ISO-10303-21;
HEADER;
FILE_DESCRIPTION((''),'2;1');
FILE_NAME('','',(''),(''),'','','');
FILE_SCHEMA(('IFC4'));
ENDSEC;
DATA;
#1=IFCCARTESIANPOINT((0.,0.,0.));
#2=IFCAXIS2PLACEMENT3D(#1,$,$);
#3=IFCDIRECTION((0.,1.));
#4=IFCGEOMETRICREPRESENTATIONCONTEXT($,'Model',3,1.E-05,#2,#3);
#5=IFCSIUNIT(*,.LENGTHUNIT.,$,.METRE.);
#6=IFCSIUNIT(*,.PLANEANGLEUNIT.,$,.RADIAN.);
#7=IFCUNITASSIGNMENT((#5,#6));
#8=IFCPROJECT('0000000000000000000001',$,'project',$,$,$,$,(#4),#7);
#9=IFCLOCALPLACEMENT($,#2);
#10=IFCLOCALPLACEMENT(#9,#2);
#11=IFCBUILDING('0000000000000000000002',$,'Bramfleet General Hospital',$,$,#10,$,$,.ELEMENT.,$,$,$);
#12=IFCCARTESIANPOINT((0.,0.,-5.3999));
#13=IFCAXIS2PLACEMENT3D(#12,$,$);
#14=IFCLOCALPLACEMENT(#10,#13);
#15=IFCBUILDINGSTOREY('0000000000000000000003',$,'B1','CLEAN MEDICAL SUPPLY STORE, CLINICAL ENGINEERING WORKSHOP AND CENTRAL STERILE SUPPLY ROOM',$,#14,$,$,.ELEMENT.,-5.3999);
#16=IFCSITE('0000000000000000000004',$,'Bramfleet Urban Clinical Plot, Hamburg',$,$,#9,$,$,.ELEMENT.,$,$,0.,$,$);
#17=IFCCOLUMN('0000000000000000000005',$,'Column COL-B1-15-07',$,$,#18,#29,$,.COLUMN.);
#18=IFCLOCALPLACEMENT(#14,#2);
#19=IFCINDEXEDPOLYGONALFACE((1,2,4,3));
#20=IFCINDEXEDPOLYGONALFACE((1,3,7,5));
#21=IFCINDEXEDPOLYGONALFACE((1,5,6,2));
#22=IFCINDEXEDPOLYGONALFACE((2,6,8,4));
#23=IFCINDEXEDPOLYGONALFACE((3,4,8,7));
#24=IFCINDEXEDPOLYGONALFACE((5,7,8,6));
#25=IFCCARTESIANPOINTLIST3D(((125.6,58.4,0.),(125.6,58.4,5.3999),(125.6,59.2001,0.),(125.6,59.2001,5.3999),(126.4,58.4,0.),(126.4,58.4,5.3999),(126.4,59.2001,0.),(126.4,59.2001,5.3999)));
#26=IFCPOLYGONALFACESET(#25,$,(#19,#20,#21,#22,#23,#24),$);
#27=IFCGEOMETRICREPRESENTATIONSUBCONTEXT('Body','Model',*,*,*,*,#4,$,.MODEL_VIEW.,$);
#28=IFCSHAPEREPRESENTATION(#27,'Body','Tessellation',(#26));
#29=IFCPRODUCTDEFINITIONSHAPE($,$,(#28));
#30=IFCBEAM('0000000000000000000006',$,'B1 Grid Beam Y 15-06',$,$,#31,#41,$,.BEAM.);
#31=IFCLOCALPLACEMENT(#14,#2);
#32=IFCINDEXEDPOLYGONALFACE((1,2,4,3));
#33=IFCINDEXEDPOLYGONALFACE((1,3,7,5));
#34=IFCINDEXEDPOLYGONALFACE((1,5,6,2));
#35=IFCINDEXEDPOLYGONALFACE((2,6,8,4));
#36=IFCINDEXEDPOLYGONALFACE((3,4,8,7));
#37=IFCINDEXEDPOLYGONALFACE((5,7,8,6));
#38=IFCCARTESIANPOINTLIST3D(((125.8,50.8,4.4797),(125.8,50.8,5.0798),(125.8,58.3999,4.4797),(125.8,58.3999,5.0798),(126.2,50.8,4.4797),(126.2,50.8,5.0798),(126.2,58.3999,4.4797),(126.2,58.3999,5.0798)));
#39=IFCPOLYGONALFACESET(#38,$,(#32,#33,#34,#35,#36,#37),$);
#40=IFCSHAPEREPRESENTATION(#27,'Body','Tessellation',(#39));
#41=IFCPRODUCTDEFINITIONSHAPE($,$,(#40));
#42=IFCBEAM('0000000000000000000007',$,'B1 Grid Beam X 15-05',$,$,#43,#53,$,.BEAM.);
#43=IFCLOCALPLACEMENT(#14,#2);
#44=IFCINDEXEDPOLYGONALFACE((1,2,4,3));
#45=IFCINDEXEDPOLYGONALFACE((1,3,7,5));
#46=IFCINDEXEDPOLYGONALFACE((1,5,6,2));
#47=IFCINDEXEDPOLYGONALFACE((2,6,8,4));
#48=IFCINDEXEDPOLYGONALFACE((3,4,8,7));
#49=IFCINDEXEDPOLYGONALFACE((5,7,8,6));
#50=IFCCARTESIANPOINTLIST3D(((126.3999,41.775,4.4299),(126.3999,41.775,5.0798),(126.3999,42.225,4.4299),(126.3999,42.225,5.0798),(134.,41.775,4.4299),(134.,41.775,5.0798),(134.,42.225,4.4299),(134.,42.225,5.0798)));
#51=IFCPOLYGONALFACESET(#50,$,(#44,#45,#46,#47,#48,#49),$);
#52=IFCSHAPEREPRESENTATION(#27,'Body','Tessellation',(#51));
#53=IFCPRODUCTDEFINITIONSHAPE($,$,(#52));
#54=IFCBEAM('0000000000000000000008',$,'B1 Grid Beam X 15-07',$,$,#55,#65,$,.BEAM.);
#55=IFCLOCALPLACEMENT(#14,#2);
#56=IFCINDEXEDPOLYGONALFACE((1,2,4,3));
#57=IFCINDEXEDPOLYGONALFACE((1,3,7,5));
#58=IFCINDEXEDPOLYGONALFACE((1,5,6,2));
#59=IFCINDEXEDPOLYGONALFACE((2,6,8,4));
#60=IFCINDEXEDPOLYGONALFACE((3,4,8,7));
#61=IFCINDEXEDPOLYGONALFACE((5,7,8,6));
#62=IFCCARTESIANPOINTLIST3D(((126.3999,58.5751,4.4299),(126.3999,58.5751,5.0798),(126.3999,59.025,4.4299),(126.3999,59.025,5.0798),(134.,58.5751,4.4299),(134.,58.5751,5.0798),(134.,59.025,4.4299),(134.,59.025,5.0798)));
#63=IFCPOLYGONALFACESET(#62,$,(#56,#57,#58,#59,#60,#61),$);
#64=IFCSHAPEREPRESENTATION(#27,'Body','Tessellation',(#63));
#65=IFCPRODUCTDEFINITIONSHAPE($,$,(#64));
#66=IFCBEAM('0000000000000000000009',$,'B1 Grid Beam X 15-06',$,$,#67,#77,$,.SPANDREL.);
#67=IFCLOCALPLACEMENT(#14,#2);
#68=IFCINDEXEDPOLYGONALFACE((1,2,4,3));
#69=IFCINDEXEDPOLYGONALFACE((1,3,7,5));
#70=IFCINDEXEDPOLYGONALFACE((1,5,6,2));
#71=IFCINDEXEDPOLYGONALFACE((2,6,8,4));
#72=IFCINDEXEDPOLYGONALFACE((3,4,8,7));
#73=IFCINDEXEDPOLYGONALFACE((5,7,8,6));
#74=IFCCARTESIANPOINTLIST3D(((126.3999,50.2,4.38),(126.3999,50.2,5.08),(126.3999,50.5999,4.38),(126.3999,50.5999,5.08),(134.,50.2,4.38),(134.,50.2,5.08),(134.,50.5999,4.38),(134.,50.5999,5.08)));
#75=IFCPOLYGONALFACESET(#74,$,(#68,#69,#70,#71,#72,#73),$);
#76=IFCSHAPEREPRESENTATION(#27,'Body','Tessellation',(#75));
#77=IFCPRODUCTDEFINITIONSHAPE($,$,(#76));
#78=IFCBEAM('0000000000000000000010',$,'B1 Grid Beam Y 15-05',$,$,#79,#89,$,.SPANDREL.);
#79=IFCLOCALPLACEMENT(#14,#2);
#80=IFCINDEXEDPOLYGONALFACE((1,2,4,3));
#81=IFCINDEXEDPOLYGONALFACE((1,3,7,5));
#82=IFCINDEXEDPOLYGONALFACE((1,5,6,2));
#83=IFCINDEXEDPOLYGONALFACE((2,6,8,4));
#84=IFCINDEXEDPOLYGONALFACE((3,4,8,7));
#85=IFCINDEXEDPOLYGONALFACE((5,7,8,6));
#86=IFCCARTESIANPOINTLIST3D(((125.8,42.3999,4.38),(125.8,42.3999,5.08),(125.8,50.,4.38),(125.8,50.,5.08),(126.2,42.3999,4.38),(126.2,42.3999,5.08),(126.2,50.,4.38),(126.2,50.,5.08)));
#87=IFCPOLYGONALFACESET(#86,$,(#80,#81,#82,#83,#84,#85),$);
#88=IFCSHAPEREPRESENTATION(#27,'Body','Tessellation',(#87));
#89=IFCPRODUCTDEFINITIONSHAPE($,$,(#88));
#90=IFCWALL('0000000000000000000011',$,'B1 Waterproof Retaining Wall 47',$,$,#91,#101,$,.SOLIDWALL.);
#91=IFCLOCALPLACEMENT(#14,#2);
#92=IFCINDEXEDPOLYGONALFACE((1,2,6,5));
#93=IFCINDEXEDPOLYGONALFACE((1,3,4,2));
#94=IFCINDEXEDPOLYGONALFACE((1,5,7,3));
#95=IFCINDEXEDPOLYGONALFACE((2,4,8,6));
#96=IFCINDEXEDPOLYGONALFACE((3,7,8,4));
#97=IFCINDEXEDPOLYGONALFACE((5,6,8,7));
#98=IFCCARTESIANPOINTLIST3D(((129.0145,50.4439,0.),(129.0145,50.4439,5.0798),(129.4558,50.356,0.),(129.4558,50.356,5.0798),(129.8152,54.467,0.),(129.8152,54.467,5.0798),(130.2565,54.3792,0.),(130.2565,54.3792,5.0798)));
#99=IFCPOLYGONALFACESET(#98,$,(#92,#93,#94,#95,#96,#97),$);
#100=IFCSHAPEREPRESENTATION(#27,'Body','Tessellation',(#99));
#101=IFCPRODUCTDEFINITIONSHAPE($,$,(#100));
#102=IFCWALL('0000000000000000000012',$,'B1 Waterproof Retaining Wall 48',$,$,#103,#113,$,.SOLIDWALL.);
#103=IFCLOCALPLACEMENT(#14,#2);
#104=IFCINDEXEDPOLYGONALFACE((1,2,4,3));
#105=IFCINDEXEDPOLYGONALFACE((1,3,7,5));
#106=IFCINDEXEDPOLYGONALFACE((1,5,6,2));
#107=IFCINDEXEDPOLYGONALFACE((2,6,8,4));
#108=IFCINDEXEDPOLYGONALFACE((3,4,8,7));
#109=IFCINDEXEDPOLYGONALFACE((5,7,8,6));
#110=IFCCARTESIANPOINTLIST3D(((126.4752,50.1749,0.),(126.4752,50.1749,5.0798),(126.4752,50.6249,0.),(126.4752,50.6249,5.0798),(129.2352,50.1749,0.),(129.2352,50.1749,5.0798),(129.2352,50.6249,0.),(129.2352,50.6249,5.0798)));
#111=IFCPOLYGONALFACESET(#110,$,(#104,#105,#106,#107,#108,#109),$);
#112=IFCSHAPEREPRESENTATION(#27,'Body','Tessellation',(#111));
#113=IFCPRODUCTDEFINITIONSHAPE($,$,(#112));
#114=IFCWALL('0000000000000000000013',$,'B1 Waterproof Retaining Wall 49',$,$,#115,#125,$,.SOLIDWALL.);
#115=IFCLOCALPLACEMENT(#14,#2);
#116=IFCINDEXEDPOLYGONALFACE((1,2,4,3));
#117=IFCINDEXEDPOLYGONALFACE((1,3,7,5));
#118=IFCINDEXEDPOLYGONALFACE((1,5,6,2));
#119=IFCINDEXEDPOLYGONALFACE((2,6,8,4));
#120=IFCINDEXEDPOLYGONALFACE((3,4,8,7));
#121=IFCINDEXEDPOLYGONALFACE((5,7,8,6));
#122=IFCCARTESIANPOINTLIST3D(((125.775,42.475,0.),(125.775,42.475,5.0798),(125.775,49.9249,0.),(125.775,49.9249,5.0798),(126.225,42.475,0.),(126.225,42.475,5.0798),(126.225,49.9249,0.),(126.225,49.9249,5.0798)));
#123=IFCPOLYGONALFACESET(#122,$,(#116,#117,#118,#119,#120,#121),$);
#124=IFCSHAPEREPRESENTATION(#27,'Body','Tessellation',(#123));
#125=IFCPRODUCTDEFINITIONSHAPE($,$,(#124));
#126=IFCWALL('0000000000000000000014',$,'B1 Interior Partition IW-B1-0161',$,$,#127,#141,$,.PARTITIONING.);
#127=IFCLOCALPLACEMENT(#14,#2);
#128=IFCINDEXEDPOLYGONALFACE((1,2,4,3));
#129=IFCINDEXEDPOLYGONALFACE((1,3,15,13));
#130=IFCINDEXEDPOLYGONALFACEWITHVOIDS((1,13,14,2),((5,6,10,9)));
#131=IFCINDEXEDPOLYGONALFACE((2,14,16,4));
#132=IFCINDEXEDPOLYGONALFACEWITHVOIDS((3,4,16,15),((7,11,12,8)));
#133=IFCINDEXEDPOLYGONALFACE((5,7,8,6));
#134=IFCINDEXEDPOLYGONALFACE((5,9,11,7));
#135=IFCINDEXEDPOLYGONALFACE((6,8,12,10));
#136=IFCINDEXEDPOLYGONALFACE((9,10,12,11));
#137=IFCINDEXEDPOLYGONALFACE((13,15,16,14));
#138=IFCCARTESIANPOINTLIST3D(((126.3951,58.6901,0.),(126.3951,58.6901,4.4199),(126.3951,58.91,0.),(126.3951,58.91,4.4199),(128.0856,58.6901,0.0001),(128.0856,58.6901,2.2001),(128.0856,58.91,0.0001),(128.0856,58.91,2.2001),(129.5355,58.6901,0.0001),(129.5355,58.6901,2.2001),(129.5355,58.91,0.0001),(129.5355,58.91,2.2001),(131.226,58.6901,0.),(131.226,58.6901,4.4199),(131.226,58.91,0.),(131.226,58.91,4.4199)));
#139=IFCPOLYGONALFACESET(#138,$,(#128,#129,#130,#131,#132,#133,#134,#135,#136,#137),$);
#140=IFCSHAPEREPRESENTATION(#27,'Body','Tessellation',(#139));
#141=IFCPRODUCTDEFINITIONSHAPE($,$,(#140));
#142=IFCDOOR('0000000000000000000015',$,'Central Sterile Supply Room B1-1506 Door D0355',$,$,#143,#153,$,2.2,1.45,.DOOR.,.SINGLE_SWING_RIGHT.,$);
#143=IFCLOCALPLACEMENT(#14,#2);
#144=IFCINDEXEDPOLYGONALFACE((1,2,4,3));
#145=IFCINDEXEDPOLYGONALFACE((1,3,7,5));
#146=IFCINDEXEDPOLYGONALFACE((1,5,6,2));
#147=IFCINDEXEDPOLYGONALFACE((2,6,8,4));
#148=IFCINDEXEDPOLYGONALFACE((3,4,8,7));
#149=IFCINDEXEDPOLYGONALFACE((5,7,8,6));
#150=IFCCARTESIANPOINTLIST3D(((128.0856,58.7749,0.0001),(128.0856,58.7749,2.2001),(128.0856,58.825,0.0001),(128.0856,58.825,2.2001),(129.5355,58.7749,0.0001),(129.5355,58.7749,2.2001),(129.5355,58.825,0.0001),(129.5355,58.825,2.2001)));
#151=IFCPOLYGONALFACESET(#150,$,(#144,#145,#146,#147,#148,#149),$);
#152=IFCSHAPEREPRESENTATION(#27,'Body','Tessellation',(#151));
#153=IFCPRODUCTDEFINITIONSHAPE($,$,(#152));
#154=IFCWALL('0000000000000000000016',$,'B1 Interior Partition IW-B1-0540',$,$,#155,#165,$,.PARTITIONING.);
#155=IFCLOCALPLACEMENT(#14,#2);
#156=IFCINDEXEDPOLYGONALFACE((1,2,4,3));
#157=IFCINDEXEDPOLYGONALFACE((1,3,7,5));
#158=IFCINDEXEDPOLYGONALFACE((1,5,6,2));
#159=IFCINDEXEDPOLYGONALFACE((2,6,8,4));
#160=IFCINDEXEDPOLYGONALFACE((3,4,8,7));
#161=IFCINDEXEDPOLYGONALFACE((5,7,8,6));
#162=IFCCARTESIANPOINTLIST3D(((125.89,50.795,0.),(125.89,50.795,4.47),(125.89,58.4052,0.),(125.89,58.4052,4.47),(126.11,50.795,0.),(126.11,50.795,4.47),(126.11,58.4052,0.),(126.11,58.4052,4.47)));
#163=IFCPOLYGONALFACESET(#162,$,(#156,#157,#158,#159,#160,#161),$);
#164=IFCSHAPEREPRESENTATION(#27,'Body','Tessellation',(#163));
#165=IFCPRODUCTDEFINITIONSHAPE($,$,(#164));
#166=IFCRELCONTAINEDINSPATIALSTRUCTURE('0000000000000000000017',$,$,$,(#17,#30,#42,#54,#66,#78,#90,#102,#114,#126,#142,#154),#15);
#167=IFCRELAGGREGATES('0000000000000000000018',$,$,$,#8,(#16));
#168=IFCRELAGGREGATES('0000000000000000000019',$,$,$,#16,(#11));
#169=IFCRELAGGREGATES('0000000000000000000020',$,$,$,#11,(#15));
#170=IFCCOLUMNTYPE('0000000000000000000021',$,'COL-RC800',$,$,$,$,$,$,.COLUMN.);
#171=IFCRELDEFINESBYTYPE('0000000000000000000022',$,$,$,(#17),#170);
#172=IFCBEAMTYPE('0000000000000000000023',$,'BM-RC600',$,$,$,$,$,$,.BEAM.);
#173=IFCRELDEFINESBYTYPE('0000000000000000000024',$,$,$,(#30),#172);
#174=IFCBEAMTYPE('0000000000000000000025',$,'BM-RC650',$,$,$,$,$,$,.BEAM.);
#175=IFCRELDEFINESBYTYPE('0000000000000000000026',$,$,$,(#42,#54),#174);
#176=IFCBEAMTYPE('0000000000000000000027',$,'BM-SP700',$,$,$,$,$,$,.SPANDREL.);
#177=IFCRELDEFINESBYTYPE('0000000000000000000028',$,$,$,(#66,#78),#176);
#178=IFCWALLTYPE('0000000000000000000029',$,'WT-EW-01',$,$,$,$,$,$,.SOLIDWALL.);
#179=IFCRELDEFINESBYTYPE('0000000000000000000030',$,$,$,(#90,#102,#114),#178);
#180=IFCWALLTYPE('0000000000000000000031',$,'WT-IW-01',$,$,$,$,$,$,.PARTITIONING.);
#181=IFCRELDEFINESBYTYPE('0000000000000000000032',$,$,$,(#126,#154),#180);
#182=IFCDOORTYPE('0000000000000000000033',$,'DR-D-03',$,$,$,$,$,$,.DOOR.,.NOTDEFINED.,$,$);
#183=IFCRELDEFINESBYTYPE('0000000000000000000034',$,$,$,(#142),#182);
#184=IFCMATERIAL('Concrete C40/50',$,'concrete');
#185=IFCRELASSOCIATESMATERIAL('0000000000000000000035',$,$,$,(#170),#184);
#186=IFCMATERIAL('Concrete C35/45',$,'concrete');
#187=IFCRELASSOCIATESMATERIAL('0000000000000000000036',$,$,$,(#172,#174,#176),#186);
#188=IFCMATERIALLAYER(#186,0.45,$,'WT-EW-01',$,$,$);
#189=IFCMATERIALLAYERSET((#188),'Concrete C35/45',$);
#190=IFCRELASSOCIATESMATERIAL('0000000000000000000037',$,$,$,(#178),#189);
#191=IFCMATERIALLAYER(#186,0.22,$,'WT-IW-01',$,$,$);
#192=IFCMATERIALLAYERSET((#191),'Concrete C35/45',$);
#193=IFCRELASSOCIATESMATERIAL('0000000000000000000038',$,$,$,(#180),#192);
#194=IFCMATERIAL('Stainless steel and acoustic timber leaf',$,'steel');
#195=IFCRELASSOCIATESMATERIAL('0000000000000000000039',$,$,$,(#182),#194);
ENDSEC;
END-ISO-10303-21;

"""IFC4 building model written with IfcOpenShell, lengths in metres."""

from ifc_helpers import new_model, si_unit, direction, frame, frame_2d, origin, origin_2d, place, context, subcontext, project, spatial, rectangle, extrude, material, layer, layer_set, material_profile, profile_set, type_object, element, fill, save


model = new_model("IFC4")

# Units and contexts
model_context = context("Model", 3, precision=1e-05, world=origin(), true_north=direction((0.0, 1.0)))
body_context = subcontext(model_context, "Body", "Model", "MODEL_VIEW")
ifc_project = project(units=[si_unit("LENGTHUNIT", "METRE"), si_unit("PLANEANGLEUNIT", "RADIAN")], contexts=[model_context])

# Site, building, storey
site_placement = place(None, origin())
site = spatial("IfcSite", under=ifc_project, at=site_placement, Name="Bramfleet Urban Clinical Plot, Hamburg", CompositionType="ELEMENT", RefElevation=0.0)
building_placement = place(site_placement, origin())
building = spatial("IfcBuilding", under=site, at=building_placement, Name="Bramfleet General Hospital", CompositionType="ELEMENT")
storey_placement = place(building_placement, frame((0.0, 0.0, -5.3999)))
storey = spatial("IfcBuildingStorey", under=building, at=storey_placement, Name="B1", Description="CLEAN MEDICAL SUPPLY STORE, CLINICAL ENGINEERING WORKSHOP AND CENTRAL STERILE SUPPLY ROOM", CompositionType="ELEMENT", Elevation=-5.3999)

# Shared definitions
ifc_material_1 = material(Name="Concrete C35/45", Category="concrete")

# Column
ifc_material_2 = material(Name="Concrete C40/50", Category="concrete")
ifc_material_profile_1 = material_profile(ifc_material_2, rectangle(XDim=0.8, YDim=0.8, at=origin_2d()), Name="RC COL 800x800")
ifc_profile_set_1 = profile_set([ifc_material_profile_1], Name="Concrete C40/50")
column_type = type_object("IfcColumnType", Name="COL-RC800", PredefinedType="COLUMN", material=ifc_profile_set_1)
for number, where, z_axis, x_axis, name in (
    (1, (126.0, 58.8, 0.0), (0.0, 0.0, 1.0), (1.0, 0.0, 0.0), "Column COL-B1-15-07"),
):
    element("IfcColumn", number, at=place(storey_placement, frame(where, z_axis=z_axis, x_axis=x_axis)), inside=storey, type_object=column_type, Name=name, PredefinedType="COLUMN", context=body_context, shape_type="SweptSolid", body=[
        extrude(rectangle(XDim=0.8, YDim=0.8, at=origin_2d()), origin(), (0.0, 0.0, 1.0), 5.3999),
    ])

# Beams
ifc_material_profile_2 = material_profile(ifc_material_1, rectangle(XDim=0.3999, YDim=0.6001, at=origin_2d()), Name="RC BM 600x400")
ifc_profile_set_2 = profile_set([ifc_material_profile_2], Name="Concrete C35/45")
beam_type_1 = type_object("IfcBeamType", Name="BM-RC600", PredefinedType="BEAM", material=ifc_profile_set_2)
beam_placement = place(storey_placement, frame((126.0, 50.8, 4.7798), z_axis=(0.0, 1.0, 0.0), x_axis=(-1.0, 0.0, 0.0)))
element("IfcBeam", 2, at=beam_placement, inside=storey, type_object=beam_type_1, Name="B1 Grid Beam Y 15-06", PredefinedType="BEAM", context=body_context, shape_type="SweptSolid", body=[
    extrude(rectangle(XDim=0.3999, YDim=0.6001, at=origin_2d()), origin(), (0.0, 0.0, 1.0), 7.5999),
])
ifc_material_profile_3 = material_profile(ifc_material_1, rectangle(XDim=0.45, YDim=0.6499, at=origin_2d()), Name="RC BM 650x450")
ifc_profile_set_3 = profile_set([ifc_material_profile_3], Name="Concrete C35/45")
beam_type_2 = type_object("IfcBeamType", Name="BM-RC650", PredefinedType="BEAM", material=ifc_profile_set_3)
for number, where, z_axis, x_axis, name in (
    (3, (126.3999, 42.0, 4.7549), (1.0, 0.0, 0.0), (0.0, 1.0, 0.0), "B1 Grid Beam X 15-05"),
    (4, (126.3999, 58.8, 4.7549), (1.0, 0.0, 0.0), (0.0, 1.0, 0.0), "B1 Grid Beam X 15-07"),
):
    element("IfcBeam", number, at=place(storey_placement, frame(where, z_axis=z_axis, x_axis=x_axis)), inside=storey, type_object=beam_type_2, Name=name, PredefinedType="BEAM", context=body_context, shape_type="SweptSolid", body=[
        extrude(rectangle(XDim=0.45, YDim=0.6499, at=origin_2d()), origin(), (0.0, 0.0, 1.0), 7.6001),
    ])
ifc_material_profile_4 = material_profile(ifc_material_1, rectangle(XDim=0.3999, YDim=0.7, at=origin_2d()), Name="RC SP 700x400")
ifc_profile_set_4 = profile_set([ifc_material_profile_4], Name="Concrete C35/45")
beam_type_3 = type_object("IfcBeamType", Name="BM-SP700", PredefinedType="SPANDREL", material=ifc_profile_set_4)
for number, where, z_axis, x_axis, name in (
    (5, (126.3999, 50.3999, 4.73), (1.0, 0.0, 0.0), (0.0, 1.0, 0.0), "B1 Grid Beam X 15-06"),
    (6, (126.0, 42.3999, 4.73), (0.0, 1.0, 0.0), (-1.0, 0.0, 0.0), "B1 Grid Beam Y 15-05"),
):
    element("IfcBeam", number, at=place(storey_placement, frame(where, z_axis=z_axis, x_axis=x_axis)), inside=storey, type_object=beam_type_3, Name=name, PredefinedType="SPANDREL", context=body_context, shape_type="SweptSolid", body=[
        extrude(rectangle(XDim=0.3999, YDim=0.7, at=origin_2d()), origin(), (0.0, 0.0, 1.0), 7.6001),
    ])

# Walls
ifc_layer_1 = layer(ifc_material_1, 0.45, Name="WT-EW-01")
ifc_layer_set_1 = layer_set([ifc_layer_1], Name="Concrete C35/45")
wall_type_1 = type_object("IfcWallType", Name="WT-EW-01", PredefinedType="SOLIDWALL", material=ifc_layer_set_1)
wall_1_placement = place(storey_placement, frame((130.0359, 54.4231, 0.0), z_axis=(0.0, 0.0, 1.0), x_axis=(-0.195212, -0.980761, 0.0)))
element("IfcWall", 7, at=wall_1_placement, inside=storey, type_object=wall_type_1, Name="B1 Waterproof Retaining Wall 47", PredefinedType="SOLIDWALL", context=body_context, shape_type="SweptSolid", body=[
    extrude(rectangle(XDim=4.1021, YDim=0.45, at=frame_2d((2.051, 0.0))), origin(), (0.0, 0.0, 1.0), 5.0798),
])
wall_2_placement = place(storey_placement, frame((129.2351, 50.3999, 0.0), z_axis=(0.0, 0.0, 1.0), x_axis=(-1.0, 0.0, 0.0)))
element("IfcWall", 8, at=wall_2_placement, inside=storey, type_object=wall_type_1, Name="B1 Waterproof Retaining Wall 48", PredefinedType="SOLIDWALL", context=body_context, shape_type="SweptSolid", body=[
    extrude(rectangle(XDim=2.76, YDim=0.45, at=frame_2d((1.3799, 0.0))), origin(), (0.0, 0.0, 1.0), 5.0798),
])
wall_3_placement = place(storey_placement, frame((126.0, 49.925, 0.0), z_axis=(0.0, 0.0, 1.0), x_axis=(0.0, -1.0, 0.0)))
element("IfcWall", 9, at=wall_3_placement, inside=storey, type_object=wall_type_1, Name="B1 Waterproof Retaining Wall 49", PredefinedType="SOLIDWALL", context=body_context, shape_type="SweptSolid", body=[
    extrude(rectangle(XDim=7.45, YDim=0.45, at=frame_2d((3.7251, 0.0))), origin(), (0.0, 0.0, 1.0), 5.0798),
])

# Wall, opening, door
ifc_layer_2 = layer(ifc_material_1, 0.22, Name="WT-IW-01")
ifc_layer_set_2 = layer_set([ifc_layer_2], Name="Concrete C35/45")
wall_type_2 = type_object("IfcWallType", Name="WT-IW-01", PredefinedType="PARTITIONING", material=ifc_layer_set_2)
wall_4_placement = place(storey_placement, frame((126.395, 58.8, 0.0), z_axis=(0.0, 0.0, 1.0), x_axis=(1.0, 0.0, 0.0)))
wall_4 = element("IfcWall", 10, at=wall_4_placement, inside=storey, type_object=wall_type_2, Name="B1 Interior Partition IW-B1-0161", PredefinedType="PARTITIONING", context=body_context, shape_type="SweptSolid", body=[
    extrude(rectangle(XDim=4.8308, YDim=0.22, at=frame_2d((2.4155, 0.0))), origin(), (0.0, 0.0, 1.0), 4.4199),
])
opening_1_placement = place(wall_4_placement, frame((1.6904, 0.0, 0.0)))
opening_1 = element("IfcOpeningElement", 11, at=opening_1_placement, cuts=wall_4, PredefinedType="OPENING", context=body_context, shape_type="SweptSolid", body=[
    extrude(rectangle(XDim=1.45, YDim=2.2, at=frame_2d((0.7251, 1.1001))), frame((0.0, 0.1199, 0.0), z_axis=(0.0, -1.0, 0.0), x_axis=(1.0, 0.0, 0.0)), (0.0, 0.0, 1.0), 0.24),
])
ifc_material_3 = material(Name="Stainless steel and acoustic timber leaf", Category="steel")
door_type_1 = type_object("IfcDoorType", Name="DR-D-03", OperationType="NOTDEFINED", PredefinedType="DOOR", material=ifc_material_3)
door_1_placement = place(opening_1_placement, origin())
door_1 = element("IfcDoor", 12, at=door_1_placement, inside=storey, type_object=door_type_1, Name="Central Sterile Supply Room B1-1506 Door D0355", OperationType="SINGLE_SWING_RIGHT", OverallHeight=2.2, OverallWidth=1.45, PredefinedType="DOOR", context=body_context, shape_type="SweptSolid", body=[
    extrude(rectangle(XDim=1.45, YDim=2.2, at=frame_2d((0.7251, 1.1001))), frame((0.0, 0.0249, 0.0), z_axis=(0.0, -1.0, 0.0), x_axis=(1.0, 0.0, 0.0)), (0.0, 0.0, 1.0), 0.05),
])
fill(opening_1, door_1)

# Wall
wall_5_placement = place(storey_placement, frame((126.0, 50.7949, 0.0), z_axis=(0.0, 0.0, 1.0), x_axis=(0.0, 1.0, 0.0)))
element("IfcWall", 13, at=wall_5_placement, inside=storey, type_object=wall_type_2, Name="B1 Interior Partition IW-B1-0540", PredefinedType="PARTITIONING", context=body_context, shape_type="SweptSolid", body=[
    extrude(rectangle(XDim=7.6101, YDim=0.22, at=frame_2d((3.8052, 0.0))), origin(), (0.0, 0.0, 1.0), 4.47),
])

save(model, "model.ifc")
